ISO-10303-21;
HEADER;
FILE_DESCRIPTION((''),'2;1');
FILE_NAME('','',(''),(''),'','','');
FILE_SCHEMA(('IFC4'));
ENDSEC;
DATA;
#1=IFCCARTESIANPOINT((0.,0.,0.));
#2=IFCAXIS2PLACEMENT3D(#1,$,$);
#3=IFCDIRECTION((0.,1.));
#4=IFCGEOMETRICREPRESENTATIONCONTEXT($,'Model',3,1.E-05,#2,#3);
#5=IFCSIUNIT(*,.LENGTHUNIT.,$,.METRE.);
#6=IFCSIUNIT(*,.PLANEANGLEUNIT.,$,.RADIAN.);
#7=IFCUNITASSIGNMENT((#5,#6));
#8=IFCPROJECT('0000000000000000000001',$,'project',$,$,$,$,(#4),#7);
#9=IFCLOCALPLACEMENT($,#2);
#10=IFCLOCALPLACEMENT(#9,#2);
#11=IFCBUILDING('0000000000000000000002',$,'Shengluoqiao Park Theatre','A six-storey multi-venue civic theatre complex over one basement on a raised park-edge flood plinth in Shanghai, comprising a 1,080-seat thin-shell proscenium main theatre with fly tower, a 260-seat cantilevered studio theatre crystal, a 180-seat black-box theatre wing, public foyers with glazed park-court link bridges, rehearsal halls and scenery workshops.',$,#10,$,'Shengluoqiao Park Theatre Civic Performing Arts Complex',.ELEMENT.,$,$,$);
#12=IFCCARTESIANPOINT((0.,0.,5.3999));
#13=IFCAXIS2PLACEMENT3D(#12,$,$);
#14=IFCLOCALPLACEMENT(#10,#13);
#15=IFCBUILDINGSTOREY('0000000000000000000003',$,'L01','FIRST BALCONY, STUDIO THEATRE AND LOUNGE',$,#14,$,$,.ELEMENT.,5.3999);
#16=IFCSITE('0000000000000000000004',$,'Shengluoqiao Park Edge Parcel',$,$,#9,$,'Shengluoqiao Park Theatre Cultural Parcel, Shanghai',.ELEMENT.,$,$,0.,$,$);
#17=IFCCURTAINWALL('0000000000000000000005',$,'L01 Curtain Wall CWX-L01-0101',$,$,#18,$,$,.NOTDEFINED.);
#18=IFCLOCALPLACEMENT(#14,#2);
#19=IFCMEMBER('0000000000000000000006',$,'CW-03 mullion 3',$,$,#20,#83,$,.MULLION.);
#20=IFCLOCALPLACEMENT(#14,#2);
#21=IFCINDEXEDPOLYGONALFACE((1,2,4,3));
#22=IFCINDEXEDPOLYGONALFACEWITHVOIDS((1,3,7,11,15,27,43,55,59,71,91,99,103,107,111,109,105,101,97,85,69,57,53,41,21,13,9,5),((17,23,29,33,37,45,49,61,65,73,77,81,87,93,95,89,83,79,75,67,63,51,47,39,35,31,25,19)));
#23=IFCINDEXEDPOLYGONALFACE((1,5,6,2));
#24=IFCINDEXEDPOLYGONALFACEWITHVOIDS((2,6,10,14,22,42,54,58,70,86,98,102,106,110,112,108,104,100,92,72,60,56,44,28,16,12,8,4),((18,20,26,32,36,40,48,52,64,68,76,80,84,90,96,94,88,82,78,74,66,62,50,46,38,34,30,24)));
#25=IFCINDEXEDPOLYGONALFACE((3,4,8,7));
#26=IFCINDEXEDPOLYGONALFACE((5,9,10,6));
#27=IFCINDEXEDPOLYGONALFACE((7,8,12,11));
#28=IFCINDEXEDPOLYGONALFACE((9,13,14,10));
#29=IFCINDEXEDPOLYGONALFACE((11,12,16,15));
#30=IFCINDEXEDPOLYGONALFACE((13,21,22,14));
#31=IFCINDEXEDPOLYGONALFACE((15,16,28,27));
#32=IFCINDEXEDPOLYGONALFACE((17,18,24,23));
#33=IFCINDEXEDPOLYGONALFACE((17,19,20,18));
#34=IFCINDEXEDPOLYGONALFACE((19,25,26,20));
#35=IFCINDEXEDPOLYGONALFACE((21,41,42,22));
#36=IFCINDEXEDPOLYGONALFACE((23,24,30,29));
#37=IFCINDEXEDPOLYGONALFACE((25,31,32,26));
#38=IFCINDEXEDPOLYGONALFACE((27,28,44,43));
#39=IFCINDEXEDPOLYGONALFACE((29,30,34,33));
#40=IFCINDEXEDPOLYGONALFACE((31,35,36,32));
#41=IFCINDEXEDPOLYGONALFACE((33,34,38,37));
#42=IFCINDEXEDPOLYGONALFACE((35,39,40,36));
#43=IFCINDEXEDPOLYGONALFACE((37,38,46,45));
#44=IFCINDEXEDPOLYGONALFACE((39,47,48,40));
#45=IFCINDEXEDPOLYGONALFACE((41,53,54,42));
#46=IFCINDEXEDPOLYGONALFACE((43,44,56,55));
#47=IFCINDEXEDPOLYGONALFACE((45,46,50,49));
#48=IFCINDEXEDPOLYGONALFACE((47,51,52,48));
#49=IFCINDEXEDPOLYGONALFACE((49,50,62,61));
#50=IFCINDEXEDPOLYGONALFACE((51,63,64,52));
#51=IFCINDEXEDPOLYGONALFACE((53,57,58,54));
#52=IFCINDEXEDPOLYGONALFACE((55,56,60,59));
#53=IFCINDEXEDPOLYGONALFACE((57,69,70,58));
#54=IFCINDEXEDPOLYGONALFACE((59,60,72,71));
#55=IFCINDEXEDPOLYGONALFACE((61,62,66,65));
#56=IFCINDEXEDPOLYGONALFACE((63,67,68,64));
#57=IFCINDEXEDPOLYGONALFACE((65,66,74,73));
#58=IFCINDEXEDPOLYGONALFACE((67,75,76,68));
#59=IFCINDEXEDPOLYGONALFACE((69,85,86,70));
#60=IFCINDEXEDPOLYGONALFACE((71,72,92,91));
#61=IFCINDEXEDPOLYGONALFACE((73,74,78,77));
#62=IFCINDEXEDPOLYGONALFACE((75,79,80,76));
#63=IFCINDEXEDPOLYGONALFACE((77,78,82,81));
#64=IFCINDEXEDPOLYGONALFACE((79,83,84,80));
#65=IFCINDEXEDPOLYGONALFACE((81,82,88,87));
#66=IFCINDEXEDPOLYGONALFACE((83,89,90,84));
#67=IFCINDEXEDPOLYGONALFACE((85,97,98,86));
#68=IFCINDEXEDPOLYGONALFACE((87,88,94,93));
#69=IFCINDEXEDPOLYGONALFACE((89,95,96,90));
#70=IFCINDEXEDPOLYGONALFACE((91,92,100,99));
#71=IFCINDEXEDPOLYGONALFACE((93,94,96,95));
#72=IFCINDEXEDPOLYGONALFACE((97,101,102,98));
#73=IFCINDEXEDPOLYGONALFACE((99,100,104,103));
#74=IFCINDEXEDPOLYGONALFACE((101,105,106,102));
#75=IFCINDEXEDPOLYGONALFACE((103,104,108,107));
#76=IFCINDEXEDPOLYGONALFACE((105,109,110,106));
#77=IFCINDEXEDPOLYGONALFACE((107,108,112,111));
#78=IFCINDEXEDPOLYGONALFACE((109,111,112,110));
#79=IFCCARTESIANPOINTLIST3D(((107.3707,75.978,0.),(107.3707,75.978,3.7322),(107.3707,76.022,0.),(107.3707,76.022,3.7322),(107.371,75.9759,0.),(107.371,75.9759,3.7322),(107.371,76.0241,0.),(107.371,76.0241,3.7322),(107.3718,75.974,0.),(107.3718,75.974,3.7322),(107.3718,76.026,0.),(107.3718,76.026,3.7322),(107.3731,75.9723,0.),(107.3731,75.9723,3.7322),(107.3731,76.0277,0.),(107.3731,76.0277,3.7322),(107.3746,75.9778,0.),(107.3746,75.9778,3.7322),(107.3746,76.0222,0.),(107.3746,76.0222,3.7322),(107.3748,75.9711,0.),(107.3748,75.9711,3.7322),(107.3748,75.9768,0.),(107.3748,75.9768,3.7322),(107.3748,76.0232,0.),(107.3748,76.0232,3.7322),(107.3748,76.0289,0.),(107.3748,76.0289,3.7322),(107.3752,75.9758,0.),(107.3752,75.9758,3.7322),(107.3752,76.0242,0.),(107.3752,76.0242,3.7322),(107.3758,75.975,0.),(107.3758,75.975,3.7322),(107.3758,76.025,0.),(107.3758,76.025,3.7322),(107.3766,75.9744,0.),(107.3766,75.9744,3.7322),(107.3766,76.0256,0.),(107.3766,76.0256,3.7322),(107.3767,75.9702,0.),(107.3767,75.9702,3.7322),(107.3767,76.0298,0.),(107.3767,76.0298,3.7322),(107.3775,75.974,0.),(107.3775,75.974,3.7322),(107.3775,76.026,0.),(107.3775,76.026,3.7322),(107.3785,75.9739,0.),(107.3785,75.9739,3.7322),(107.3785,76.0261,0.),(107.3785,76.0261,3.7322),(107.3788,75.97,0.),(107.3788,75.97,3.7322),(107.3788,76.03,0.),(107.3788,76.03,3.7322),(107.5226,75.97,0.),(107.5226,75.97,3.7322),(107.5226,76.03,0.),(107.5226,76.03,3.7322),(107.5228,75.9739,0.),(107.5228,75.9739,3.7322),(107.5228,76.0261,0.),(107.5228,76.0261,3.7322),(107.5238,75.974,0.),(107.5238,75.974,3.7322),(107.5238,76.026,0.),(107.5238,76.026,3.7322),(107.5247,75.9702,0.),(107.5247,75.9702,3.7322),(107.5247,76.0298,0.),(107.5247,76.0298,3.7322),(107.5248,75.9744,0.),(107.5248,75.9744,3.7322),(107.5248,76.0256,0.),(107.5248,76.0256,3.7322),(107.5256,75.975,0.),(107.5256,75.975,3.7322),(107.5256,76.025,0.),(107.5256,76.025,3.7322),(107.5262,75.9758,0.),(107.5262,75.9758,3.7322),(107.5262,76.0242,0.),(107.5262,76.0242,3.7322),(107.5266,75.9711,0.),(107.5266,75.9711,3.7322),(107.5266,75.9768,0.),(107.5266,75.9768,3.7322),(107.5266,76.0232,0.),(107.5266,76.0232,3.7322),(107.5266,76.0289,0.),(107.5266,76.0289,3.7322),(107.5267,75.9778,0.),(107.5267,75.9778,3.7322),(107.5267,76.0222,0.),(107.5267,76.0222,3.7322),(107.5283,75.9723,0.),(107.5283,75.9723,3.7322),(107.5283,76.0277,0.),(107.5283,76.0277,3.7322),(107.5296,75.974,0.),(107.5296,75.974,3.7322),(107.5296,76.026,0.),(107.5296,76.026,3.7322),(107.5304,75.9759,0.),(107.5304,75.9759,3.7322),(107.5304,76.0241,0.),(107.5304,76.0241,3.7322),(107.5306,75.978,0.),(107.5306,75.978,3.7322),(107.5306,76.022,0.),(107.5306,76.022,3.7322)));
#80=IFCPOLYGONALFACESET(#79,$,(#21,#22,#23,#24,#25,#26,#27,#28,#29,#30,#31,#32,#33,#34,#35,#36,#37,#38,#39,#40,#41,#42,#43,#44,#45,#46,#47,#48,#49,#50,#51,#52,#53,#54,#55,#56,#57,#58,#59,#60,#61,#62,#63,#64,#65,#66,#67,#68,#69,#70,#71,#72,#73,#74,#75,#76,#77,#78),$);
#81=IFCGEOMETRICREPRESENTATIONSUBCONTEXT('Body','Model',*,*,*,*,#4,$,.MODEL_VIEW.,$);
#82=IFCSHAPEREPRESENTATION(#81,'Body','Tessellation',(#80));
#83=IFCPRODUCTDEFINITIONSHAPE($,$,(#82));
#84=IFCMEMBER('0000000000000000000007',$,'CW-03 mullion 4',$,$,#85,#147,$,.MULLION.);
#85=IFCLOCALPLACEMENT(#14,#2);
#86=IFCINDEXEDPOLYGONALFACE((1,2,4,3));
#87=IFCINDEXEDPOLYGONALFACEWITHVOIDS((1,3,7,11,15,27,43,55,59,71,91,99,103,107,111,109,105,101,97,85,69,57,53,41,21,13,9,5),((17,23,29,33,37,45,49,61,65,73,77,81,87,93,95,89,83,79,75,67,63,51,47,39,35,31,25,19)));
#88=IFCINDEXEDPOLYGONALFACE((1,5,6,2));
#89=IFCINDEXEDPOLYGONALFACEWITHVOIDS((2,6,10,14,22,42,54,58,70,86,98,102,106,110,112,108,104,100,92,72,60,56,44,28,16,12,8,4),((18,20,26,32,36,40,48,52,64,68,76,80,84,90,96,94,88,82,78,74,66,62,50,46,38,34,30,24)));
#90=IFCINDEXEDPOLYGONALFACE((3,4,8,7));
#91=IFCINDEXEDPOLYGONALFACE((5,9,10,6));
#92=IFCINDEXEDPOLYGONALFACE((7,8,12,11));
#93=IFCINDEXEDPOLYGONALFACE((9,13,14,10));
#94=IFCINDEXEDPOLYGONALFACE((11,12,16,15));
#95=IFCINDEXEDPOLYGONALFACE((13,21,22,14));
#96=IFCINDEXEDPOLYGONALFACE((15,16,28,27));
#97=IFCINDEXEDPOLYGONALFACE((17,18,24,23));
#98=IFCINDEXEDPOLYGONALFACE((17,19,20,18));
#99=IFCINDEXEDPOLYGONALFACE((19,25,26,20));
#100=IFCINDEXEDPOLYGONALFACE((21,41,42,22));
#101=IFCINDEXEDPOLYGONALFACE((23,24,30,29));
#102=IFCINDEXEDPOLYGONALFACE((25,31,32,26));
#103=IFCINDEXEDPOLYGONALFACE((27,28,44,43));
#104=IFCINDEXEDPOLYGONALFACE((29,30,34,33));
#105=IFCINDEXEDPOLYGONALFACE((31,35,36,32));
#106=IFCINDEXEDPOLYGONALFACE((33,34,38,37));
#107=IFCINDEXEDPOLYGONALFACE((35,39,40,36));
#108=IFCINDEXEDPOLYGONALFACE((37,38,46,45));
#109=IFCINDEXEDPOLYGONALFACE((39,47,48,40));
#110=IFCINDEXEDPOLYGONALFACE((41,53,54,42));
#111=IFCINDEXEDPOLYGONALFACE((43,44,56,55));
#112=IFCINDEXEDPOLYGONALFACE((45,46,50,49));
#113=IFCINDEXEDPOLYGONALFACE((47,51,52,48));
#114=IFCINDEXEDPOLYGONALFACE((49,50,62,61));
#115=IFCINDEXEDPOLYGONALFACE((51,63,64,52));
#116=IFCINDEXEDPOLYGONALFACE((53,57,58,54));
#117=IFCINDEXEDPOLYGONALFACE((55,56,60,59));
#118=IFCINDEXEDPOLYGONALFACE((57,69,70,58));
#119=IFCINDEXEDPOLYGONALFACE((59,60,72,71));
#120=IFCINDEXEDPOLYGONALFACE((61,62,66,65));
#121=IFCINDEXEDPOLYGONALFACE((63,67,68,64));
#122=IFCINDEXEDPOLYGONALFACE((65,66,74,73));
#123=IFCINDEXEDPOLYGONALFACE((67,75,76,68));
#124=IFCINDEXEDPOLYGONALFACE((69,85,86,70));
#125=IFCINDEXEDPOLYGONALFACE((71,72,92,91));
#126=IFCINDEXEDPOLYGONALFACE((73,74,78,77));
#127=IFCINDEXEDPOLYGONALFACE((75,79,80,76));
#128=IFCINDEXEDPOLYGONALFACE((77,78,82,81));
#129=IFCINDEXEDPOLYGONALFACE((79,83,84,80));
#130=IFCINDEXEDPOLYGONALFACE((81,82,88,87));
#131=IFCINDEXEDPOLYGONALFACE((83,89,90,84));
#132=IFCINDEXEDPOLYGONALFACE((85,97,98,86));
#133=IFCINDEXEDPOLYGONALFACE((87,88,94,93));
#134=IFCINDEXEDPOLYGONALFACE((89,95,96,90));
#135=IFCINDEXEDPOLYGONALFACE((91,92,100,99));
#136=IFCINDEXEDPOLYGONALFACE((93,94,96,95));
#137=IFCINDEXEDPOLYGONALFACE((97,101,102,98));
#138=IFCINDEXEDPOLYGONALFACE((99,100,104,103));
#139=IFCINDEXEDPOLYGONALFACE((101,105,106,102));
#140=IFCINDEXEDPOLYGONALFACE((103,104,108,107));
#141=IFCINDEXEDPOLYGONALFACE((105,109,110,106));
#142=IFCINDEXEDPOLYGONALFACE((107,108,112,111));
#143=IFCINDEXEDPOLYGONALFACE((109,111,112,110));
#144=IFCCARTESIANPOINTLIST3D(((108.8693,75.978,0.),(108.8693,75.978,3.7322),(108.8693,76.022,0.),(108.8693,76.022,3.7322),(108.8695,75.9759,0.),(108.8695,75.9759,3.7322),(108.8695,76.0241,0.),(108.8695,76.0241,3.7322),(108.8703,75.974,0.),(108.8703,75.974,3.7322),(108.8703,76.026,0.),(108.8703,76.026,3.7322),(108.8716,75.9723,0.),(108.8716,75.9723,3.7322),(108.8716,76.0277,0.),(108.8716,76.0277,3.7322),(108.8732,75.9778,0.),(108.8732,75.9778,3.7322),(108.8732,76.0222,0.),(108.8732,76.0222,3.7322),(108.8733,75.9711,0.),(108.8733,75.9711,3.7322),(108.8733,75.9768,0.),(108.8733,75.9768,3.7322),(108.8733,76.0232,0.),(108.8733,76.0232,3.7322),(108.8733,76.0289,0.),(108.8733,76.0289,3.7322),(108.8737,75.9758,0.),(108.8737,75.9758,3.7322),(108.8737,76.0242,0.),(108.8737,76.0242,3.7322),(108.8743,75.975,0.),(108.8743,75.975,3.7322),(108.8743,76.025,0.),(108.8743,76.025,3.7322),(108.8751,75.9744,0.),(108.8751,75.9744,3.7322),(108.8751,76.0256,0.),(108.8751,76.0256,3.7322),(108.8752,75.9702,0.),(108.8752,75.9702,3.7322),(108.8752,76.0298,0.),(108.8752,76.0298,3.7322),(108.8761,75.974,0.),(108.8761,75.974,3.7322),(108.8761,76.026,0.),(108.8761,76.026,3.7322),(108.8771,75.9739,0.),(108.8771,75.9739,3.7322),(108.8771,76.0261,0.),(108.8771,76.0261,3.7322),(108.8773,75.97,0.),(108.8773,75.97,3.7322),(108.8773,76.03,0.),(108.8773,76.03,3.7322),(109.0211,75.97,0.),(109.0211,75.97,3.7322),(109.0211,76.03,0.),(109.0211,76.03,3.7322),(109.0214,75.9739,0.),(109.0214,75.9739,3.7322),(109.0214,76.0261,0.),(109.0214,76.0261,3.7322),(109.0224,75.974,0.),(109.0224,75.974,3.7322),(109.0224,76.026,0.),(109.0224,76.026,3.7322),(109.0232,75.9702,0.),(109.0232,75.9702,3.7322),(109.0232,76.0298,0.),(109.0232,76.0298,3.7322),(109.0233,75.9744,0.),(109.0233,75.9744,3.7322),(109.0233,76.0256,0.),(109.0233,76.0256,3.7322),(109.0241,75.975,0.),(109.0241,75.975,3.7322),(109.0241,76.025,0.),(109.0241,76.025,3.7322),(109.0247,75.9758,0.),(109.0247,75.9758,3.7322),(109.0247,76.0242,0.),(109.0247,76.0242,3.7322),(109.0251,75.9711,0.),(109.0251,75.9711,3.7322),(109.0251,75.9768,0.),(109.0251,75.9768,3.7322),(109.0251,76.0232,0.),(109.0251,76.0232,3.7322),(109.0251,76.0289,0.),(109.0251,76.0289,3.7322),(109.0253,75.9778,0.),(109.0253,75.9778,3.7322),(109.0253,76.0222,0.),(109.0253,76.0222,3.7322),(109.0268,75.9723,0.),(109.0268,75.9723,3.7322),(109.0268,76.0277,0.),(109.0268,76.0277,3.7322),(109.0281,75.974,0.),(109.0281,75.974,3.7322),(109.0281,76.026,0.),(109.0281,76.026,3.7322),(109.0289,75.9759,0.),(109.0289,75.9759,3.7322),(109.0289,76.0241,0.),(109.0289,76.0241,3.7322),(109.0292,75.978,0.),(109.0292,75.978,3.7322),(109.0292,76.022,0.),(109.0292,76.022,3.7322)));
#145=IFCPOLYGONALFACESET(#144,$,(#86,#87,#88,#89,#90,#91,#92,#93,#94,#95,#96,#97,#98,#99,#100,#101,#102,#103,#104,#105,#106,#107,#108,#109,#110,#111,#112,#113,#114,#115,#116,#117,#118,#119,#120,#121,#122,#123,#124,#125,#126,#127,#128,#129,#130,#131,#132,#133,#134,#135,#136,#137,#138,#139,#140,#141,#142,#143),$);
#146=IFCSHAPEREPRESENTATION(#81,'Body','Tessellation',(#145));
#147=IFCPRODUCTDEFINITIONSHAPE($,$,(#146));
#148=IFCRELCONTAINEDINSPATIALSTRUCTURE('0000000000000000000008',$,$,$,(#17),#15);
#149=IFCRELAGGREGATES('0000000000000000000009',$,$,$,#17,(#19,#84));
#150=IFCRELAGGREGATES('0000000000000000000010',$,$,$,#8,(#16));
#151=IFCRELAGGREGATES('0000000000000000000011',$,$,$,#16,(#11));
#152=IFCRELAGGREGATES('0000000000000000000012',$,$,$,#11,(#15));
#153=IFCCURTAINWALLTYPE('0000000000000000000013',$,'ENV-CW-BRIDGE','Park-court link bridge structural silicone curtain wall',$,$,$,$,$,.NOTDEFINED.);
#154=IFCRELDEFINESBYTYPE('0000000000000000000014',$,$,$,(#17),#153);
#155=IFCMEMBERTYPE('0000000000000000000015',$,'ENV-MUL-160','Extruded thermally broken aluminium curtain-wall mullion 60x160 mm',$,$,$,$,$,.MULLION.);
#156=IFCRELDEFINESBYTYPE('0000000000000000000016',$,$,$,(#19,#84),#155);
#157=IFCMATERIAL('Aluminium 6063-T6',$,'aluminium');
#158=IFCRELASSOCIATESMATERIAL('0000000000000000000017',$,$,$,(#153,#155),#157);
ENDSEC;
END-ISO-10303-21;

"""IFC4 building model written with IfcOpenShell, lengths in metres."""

from ifc_helpers import new_model, si_unit, direction, frame, origin, origin_2d, place, context, subcontext, project, spatial, hollow_rectangle, extrude, material, material_profile, profile_set, type_object, element, aggregate, save


model = new_model("IFC4")

# Units and contexts
model_context = context("Model", 3, precision=1e-05, world=origin(), true_north=direction((0.0, 1.0)))
body_context = subcontext(model_context, "Body", "Model", "MODEL_VIEW")
ifc_project = project(units=[si_unit("LENGTHUNIT", "METRE"), si_unit("PLANEANGLEUNIT", "RADIAN")], contexts=[model_context])

# Site, building, storey
site_placement = place(None, origin())
site = spatial("IfcSite", under=ifc_project, at=site_placement, Name="Shengluoqiao Park Edge Parcel", LongName="Shengluoqiao Park Theatre Cultural Parcel, Shanghai", CompositionType="ELEMENT", RefElevation=0.0)
building_placement = place(site_placement, origin())
building = spatial("IfcBuilding", under=site, at=building_placement, Name="Shengluoqiao Park Theatre", Description="A six-storey multi-venue civic theatre complex over one basement on a raised park-edge flood plinth in Shanghai, comprising a 1,080-seat thin-shell proscenium main theatre with fly tower, a 260-seat cantilevered studio theatre crystal, a 180-seat black-box theatre wing, public foyers with glazed park-court link bridges, rehearsal halls and scenery workshops.", LongName="Shengluoqiao Park Theatre Civic Performing Arts Complex", CompositionType="ELEMENT")
storey_placement = place(building_placement, frame((0.0, 0.0, 5.3999)))
storey = spatial("IfcBuildingStorey", under=building, at=storey_placement, Name="L01", Description="FIRST BALCONY, STUDIO THEATRE AND LOUNGE", CompositionType="ELEMENT", Elevation=5.3999)

# Curtain wall, members
ifc_material_1 = material(Name="Aluminium 6063-T6", Category="aluminium")
curtain_wall_type = type_object("IfcCurtainWallType", Name="ENV-CW-BRIDGE", Description="Park-court link bridge structural silicone curtain wall", PredefinedType="NOTDEFINED", material=ifc_material_1)
ifc_material_profile_1 = material_profile(ifc_material_1, hollow_rectangle(XDim=0.0601, YDim=0.1599, WallThickness=0.0039, InnerFilletRadius=0.0039, OuterFilletRadius=0.0081, at=origin_2d()), Name="ALU MULLION 160x60x4")
ifc_profile_set_1 = profile_set([ifc_material_profile_1], Name="Aluminium 6063-T6")
member_type_1 = type_object("IfcMemberType", Name="ENV-MUL-160", Description="Extruded thermally broken aluminium curtain-wall mullion 60x160 mm", PredefinedType="MULLION", material=ifc_profile_set_1)
curtain_wall_1_placement = place(storey_placement, origin())
curtain_wall_1 = element("IfcCurtainWall", 1, at=curtain_wall_1_placement, inside=storey, type_object=curtain_wall_type, Name="L01 Curtain Wall CWX-L01-0101", PredefinedType="NOTDEFINED")
member_1_placement = place(storey_placement, frame((107.4507, 76.0, 0.0), z_axis=(0.0, 0.0, 1.0), x_axis=(0.0, 1.0, 0.0)))
member_1 = element("IfcMember", 2, at=member_1_placement, type_object=member_type_1, Name="CW-03 mullion 3", PredefinedType="MULLION", context=body_context, shape_type="SweptSolid", body=[
    extrude(hollow_rectangle(XDim=0.0601, YDim=0.1599, WallThickness=0.0039, InnerFilletRadius=0.0039, OuterFilletRadius=0.0081, at=origin_2d()), origin(), (0.0, 0.0, 1.0), 3.7322),
])
member_2_placement = place(storey_placement, frame((108.9492, 76.0, 0.0), z_axis=(0.0, 0.0, 1.0), x_axis=(0.0, 1.0, 0.0)))
member_2 = element("IfcMember", 3, at=member_2_placement, type_object=member_type_1, Name="CW-03 mullion 4", PredefinedType="MULLION", context=body_context, shape_type="SweptSolid", body=[
    extrude(hollow_rectangle(XDim=0.0601, YDim=0.1599, WallThickness=0.0039, InnerFilletRadius=0.0039, OuterFilletRadius=0.0081, at=origin_2d()), origin(), (0.0, 0.0, 1.0), 3.7322),
])

aggregate(curtain_wall_1, [member_1, member_2])

save(model, "model.ifc")
